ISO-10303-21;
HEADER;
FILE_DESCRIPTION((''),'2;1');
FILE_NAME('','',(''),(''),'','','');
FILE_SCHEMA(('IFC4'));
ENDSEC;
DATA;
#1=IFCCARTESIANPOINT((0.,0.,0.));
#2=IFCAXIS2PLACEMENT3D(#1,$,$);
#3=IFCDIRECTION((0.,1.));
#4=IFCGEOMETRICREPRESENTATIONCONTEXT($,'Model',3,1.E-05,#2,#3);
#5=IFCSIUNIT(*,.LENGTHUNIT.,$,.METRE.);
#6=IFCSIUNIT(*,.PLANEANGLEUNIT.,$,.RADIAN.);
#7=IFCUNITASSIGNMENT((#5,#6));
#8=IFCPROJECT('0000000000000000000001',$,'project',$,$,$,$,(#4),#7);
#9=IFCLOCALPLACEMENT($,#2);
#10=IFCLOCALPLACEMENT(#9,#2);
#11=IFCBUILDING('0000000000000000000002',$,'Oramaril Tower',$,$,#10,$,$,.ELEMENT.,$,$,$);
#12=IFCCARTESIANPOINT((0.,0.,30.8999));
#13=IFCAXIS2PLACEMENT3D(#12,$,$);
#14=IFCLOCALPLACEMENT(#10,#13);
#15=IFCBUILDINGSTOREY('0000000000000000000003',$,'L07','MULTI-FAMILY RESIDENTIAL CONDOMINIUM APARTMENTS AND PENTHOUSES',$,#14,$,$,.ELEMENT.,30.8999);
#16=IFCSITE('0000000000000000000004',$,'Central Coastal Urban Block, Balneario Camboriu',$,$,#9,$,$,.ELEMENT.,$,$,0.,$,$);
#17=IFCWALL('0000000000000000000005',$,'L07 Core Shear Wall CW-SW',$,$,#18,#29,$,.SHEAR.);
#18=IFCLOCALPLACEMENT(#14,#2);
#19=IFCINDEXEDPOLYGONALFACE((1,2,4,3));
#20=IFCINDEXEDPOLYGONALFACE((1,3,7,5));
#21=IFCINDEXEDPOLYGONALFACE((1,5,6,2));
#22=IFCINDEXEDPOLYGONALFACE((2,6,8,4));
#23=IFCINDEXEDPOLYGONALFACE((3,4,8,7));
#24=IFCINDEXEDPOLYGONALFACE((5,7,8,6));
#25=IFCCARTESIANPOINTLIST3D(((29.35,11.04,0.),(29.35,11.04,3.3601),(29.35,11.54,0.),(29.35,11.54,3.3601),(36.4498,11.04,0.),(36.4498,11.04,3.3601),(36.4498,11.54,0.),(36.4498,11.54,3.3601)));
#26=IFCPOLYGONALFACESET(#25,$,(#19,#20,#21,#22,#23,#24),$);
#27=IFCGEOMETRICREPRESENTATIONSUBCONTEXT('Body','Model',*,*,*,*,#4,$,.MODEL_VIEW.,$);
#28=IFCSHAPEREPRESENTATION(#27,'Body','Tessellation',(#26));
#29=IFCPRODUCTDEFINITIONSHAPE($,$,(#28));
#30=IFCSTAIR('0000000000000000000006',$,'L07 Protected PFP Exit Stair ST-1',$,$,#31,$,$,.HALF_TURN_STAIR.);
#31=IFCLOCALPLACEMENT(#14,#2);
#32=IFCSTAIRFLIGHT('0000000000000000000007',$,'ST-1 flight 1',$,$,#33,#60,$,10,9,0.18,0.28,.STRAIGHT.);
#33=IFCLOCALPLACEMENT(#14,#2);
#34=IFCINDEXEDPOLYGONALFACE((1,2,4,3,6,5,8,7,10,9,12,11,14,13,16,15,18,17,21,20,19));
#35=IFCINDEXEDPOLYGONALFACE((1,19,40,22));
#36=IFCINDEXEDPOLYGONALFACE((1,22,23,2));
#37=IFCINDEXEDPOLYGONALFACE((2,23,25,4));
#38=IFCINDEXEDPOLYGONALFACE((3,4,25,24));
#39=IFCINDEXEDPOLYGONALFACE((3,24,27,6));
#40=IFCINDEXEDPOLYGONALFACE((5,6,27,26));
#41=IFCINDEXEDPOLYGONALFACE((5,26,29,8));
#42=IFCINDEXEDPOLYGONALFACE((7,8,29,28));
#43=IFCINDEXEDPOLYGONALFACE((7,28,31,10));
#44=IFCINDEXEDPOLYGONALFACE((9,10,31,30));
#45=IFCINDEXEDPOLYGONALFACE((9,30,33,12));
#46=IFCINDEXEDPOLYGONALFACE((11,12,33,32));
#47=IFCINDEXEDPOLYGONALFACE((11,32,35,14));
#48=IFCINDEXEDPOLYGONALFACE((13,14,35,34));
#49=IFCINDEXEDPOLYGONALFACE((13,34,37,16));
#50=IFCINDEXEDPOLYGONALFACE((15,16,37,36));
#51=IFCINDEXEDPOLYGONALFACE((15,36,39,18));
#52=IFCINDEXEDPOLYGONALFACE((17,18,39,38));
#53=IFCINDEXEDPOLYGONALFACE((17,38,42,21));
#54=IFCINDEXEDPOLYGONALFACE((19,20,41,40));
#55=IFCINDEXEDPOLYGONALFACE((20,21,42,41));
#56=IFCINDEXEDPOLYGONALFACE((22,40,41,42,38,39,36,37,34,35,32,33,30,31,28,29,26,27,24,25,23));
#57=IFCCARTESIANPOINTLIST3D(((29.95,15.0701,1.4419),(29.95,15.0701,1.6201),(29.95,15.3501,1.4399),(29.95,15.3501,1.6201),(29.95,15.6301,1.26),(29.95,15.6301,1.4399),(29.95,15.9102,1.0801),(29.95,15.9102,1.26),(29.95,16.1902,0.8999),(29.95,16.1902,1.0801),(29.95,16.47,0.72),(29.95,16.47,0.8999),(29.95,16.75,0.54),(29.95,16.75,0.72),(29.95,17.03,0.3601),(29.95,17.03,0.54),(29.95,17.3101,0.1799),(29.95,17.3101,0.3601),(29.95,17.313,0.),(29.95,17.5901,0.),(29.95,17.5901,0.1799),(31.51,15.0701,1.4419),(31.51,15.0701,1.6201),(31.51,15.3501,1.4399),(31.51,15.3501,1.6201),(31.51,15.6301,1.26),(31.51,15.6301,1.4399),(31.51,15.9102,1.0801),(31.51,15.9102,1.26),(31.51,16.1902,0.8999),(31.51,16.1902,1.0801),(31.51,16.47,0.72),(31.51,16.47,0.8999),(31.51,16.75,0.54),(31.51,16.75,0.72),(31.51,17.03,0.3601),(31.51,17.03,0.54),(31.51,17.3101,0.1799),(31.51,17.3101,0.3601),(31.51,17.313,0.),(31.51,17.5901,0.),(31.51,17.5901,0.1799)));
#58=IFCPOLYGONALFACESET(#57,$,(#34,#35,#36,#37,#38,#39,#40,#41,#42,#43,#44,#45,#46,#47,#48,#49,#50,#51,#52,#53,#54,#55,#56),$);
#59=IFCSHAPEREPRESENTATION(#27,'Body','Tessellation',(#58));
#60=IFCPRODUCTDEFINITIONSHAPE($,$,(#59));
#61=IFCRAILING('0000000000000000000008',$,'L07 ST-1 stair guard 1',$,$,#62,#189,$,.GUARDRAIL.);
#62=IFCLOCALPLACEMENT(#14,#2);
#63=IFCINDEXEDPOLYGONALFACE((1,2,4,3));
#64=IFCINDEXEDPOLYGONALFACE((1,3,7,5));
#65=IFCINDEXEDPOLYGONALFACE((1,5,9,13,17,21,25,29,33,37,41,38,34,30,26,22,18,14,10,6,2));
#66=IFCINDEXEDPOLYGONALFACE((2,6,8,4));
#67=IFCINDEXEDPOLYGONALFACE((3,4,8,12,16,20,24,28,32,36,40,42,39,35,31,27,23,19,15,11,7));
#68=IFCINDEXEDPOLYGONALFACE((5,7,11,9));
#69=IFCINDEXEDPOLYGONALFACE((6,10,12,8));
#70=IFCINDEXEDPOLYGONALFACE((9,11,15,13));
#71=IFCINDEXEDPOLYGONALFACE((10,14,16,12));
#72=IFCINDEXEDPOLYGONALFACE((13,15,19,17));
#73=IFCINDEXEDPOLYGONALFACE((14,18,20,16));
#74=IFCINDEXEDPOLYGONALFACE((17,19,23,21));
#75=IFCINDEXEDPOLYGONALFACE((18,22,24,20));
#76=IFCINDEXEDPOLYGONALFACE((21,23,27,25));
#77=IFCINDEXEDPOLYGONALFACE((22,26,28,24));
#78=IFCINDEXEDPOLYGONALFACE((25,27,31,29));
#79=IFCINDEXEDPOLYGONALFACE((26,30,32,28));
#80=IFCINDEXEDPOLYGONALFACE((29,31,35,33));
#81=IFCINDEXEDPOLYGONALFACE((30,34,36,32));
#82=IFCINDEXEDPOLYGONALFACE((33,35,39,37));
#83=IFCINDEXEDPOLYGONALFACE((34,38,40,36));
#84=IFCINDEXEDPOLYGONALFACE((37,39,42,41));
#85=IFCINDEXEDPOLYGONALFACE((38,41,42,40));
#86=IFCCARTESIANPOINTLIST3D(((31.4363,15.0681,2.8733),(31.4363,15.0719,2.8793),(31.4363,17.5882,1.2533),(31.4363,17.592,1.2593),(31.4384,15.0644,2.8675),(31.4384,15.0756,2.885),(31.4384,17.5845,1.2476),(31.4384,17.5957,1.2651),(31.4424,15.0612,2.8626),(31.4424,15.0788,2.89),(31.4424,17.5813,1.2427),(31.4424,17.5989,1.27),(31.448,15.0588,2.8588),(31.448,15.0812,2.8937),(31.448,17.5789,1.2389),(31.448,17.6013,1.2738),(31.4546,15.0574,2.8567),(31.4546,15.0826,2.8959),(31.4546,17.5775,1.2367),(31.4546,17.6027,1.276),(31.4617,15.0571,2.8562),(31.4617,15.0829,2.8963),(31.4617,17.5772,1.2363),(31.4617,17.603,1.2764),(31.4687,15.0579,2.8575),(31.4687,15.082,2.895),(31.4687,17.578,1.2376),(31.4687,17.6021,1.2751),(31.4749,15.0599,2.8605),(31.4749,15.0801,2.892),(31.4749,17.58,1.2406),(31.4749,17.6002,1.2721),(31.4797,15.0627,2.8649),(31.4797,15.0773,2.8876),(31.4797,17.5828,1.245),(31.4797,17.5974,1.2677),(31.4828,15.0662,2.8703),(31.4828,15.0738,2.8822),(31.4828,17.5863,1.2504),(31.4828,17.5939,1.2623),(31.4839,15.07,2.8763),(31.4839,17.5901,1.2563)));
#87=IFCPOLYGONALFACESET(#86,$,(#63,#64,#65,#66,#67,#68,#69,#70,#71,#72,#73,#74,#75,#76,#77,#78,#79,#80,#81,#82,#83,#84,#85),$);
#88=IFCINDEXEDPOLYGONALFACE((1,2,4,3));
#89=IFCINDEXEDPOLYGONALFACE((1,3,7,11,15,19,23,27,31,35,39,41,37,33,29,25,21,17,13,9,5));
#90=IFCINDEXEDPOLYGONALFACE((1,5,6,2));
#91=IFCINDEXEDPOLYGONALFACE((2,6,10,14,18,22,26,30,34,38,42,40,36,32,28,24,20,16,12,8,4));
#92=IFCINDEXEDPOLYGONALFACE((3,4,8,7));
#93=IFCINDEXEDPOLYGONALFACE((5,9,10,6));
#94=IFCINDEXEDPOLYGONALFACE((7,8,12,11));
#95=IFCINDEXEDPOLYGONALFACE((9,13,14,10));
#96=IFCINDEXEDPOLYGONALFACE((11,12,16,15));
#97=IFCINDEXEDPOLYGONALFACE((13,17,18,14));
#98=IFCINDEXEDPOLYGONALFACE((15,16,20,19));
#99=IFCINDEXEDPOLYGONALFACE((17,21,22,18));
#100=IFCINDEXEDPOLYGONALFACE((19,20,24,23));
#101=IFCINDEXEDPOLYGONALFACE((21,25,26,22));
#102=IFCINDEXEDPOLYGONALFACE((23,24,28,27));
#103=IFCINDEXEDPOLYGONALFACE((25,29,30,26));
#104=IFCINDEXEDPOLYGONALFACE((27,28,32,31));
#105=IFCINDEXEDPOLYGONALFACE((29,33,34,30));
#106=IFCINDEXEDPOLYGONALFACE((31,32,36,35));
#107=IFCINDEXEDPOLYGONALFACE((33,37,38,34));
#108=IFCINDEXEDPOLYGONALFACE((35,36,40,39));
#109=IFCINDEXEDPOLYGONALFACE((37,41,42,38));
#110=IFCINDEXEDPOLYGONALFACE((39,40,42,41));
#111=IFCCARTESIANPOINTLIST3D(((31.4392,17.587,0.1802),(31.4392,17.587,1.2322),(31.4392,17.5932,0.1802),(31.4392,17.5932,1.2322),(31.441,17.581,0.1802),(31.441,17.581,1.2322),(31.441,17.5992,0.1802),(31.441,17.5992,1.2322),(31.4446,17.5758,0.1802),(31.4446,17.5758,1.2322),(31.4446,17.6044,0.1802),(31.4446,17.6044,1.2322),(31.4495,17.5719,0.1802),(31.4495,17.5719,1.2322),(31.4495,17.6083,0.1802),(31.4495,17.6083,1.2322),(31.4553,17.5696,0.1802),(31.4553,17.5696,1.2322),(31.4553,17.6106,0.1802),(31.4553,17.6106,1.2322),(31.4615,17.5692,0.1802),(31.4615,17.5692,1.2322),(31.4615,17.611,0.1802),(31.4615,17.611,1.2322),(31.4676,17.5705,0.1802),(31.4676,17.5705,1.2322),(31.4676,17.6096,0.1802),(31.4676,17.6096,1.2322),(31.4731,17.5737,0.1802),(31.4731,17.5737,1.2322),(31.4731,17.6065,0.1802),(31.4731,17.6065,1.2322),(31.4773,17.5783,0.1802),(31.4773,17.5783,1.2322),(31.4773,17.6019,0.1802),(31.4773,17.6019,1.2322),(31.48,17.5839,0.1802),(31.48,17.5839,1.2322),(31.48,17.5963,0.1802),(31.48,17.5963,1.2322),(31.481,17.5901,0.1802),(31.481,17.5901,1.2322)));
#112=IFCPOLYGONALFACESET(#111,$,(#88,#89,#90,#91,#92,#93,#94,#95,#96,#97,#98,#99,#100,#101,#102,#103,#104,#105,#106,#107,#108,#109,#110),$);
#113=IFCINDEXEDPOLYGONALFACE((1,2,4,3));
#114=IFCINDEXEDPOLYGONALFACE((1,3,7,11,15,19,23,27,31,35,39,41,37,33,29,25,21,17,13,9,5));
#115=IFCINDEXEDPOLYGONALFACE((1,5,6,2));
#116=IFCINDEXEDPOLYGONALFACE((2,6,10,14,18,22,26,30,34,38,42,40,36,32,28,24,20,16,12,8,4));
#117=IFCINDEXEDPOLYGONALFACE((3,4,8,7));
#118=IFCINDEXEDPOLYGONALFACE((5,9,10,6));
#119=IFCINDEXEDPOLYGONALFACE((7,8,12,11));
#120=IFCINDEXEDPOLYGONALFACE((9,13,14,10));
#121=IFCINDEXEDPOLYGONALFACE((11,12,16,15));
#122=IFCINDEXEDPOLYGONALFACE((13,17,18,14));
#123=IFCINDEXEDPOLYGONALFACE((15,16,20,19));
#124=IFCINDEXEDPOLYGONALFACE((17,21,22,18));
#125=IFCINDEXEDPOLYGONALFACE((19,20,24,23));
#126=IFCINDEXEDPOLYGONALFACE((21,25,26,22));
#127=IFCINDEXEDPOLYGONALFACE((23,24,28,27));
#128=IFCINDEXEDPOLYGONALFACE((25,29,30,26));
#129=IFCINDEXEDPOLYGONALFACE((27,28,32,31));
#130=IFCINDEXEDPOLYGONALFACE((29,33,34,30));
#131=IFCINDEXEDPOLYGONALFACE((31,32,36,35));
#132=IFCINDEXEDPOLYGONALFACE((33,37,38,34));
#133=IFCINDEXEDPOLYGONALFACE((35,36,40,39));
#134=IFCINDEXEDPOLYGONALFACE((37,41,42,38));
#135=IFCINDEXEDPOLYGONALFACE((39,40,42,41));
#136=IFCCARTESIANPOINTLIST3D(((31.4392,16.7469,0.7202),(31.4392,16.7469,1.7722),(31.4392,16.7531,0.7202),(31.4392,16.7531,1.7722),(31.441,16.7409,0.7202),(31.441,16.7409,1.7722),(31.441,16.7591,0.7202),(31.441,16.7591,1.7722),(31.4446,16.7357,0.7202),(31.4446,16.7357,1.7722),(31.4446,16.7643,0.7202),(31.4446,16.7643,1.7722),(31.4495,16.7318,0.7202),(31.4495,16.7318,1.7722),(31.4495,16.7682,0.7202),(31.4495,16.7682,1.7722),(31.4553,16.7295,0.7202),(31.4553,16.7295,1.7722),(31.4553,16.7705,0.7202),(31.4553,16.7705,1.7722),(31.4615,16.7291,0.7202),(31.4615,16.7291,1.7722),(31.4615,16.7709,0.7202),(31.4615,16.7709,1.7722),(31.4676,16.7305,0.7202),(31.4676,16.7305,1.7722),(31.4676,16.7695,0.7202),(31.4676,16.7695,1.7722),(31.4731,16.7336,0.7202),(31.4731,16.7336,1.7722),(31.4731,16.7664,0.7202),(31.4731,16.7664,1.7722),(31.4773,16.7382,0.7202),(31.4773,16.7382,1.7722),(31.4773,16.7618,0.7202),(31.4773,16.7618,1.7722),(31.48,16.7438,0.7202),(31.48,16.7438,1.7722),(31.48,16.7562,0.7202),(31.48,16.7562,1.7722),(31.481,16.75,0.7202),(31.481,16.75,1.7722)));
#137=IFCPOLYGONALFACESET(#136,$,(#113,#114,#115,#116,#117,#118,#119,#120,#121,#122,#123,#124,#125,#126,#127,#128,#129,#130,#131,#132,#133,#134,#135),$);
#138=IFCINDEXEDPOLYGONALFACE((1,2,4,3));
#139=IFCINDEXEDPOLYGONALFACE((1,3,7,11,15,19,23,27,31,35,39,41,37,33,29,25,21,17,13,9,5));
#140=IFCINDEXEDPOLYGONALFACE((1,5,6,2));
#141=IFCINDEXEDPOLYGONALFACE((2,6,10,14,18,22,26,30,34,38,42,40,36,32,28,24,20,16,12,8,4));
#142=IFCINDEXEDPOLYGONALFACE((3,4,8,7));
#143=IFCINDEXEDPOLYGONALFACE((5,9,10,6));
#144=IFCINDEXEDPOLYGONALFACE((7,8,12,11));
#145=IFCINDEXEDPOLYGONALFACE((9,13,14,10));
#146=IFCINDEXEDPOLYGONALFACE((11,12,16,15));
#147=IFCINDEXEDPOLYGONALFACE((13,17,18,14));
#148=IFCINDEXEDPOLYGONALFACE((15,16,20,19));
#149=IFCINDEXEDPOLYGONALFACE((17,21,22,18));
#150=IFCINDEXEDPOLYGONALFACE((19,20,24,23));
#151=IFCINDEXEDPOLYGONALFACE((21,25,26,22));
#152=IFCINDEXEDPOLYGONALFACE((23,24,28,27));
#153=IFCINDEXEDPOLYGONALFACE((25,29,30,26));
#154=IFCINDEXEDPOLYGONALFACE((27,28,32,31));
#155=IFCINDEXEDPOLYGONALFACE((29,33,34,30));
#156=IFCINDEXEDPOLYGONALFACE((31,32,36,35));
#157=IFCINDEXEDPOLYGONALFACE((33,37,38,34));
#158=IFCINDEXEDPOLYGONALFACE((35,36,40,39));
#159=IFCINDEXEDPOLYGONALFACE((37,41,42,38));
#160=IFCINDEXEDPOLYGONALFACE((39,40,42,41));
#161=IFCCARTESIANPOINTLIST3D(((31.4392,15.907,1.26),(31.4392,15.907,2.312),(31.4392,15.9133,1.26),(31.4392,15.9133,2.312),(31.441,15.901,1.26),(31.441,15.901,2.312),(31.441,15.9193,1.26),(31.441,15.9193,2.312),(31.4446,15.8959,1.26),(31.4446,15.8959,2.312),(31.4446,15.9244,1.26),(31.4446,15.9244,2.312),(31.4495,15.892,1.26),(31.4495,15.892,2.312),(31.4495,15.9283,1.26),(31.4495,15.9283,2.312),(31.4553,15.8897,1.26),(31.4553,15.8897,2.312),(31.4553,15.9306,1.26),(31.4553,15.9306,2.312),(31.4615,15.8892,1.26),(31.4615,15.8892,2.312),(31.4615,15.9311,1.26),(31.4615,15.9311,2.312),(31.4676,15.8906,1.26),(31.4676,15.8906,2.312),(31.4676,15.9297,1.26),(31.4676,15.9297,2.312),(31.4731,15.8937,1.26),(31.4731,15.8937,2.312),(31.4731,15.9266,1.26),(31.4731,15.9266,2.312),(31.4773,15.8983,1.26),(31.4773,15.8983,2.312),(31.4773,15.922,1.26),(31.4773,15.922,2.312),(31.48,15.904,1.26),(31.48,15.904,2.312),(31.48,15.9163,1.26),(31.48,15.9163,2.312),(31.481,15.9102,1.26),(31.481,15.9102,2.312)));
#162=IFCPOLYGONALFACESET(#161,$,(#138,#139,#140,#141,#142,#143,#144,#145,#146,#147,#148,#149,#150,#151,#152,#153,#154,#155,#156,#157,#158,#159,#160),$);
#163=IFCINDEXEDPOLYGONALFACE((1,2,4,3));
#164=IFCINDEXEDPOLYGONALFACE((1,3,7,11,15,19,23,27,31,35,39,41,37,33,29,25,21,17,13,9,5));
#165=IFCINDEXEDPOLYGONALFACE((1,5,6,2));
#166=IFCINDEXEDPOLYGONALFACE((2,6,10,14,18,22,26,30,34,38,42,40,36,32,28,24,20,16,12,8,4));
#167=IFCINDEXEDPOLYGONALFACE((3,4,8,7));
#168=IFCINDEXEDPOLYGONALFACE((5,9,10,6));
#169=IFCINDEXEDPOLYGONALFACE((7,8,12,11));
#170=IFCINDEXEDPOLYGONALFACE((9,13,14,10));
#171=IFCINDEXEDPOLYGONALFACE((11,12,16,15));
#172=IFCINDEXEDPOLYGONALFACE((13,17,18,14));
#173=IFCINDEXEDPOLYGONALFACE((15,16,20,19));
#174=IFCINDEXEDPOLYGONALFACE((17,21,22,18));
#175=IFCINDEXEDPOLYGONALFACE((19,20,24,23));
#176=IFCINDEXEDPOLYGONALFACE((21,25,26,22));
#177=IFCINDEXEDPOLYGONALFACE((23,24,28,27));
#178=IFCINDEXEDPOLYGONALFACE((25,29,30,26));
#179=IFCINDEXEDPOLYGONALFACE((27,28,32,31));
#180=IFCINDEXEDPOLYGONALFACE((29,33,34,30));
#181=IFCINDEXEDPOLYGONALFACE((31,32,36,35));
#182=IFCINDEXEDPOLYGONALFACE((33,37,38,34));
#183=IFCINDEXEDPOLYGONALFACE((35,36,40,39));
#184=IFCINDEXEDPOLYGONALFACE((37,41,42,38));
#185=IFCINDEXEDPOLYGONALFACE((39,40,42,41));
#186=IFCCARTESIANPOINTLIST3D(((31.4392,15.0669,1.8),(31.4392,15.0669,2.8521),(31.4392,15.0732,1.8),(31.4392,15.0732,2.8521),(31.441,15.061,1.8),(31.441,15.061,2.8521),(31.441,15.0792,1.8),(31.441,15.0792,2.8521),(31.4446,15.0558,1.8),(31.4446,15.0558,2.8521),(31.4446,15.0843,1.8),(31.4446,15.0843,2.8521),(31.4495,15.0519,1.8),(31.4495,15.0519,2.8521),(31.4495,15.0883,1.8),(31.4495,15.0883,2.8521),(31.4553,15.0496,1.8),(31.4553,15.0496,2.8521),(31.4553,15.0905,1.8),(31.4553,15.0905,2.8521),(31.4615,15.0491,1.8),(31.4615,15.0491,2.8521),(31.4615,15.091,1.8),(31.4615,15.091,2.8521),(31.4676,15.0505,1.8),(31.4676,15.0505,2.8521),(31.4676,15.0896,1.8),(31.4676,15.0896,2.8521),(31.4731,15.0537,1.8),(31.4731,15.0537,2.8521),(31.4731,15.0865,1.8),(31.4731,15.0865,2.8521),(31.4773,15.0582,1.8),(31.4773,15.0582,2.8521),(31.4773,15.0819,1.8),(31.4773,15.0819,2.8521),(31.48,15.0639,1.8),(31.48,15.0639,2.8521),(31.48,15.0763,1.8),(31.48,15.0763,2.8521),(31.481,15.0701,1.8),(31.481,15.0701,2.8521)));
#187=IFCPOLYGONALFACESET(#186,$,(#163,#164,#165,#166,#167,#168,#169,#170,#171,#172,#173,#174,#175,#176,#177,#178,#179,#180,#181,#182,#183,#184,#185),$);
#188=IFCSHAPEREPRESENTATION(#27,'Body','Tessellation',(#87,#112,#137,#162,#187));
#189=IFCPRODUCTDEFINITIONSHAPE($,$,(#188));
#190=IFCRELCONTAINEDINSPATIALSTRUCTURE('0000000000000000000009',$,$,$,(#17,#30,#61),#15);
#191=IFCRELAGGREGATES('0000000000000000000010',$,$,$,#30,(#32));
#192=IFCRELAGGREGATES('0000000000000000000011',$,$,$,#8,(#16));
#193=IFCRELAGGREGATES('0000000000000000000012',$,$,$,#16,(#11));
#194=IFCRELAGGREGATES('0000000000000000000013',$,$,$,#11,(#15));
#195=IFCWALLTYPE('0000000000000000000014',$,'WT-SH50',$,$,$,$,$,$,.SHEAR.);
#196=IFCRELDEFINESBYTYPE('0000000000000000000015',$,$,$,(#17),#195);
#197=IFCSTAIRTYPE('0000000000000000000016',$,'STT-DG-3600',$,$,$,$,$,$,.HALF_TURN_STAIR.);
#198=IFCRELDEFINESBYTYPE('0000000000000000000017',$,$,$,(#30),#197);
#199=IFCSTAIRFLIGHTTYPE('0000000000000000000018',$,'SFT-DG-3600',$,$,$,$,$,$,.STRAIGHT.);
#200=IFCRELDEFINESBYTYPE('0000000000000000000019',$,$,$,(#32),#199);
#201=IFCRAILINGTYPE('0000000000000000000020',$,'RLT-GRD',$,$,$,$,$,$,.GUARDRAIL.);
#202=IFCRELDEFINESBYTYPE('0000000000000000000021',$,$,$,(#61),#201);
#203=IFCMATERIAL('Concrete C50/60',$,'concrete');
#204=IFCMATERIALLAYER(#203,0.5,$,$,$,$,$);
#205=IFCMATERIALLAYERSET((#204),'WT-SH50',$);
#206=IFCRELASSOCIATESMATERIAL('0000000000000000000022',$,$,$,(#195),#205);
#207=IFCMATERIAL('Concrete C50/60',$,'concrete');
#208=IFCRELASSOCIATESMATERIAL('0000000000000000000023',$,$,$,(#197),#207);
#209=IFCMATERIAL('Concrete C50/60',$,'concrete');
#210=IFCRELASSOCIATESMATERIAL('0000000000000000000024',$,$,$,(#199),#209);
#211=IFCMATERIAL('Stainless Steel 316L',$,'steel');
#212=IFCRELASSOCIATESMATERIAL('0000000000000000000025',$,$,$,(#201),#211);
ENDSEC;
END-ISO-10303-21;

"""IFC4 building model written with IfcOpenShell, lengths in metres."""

from ifc_helpers import new_model, si_unit, direction, frame, frame_2d, origin, origin_2d, place, context, subcontext, project, spatial, polyline, rectangle, circle, outline, extrude, material, layer, layer_set, type_object, element, aggregate, save


model = new_model("IFC4")

# Units and contexts
model_context = context("Model", 3, precision=1e-05, world=origin(), true_north=direction((0.0, 1.0)))
body_context = subcontext(model_context, "Body", "Model", "MODEL_VIEW")
ifc_project = project(units=[si_unit("LENGTHUNIT", "METRE"), si_unit("PLANEANGLEUNIT", "RADIAN")], contexts=[model_context])

# Site, building, storey
site_placement = place(None, origin())
site = spatial("IfcSite", under=ifc_project, at=site_placement, Name="Central Coastal Urban Block, Balneario Camboriu", CompositionType="ELEMENT", RefElevation=0.0)
building_placement = place(site_placement, origin())
building = spatial("IfcBuilding", under=site, at=building_placement, Name="Oramaril Tower", CompositionType="ELEMENT")
storey_placement = place(building_placement, frame((0.0, 0.0, 30.8999)))
storey = spatial("IfcBuildingStorey", under=building, at=storey_placement, Name="L07", Description="MULTI-FAMILY RESIDENTIAL CONDOMINIUM APARTMENTS AND PENTHOUSES", CompositionType="ELEMENT", Elevation=30.8999)

# Wall
ifc_material_1 = material(Name="Concrete C50/60", Category="concrete")
ifc_layer_1 = layer(ifc_material_1, 0.5)
ifc_layer_set_1 = layer_set([ifc_layer_1], Name="WT-SH50")
wall_type_1 = type_object("IfcWallType", Name="WT-SH50", PredefinedType="SHEAR", material=ifc_layer_set_1)
wall_1_placement = place(storey_placement, frame((29.3501, 11.29, 0.0), z_axis=(0.0, 0.0, 1.0), x_axis=(1.0, 0.0, 0.0)))
element("IfcWall", 1, at=wall_1_placement, inside=storey, type_object=wall_type_1, Name="L07 Core Shear Wall CW-SW", PredefinedType="SHEAR", context=body_context, shape_type="SweptSolid", body=[
    extrude(rectangle(XDim=7.0999, YDim=0.5, at=frame_2d((3.5498, 0.0))), origin(), (0.0, 0.0, 1.0), 3.3601),
])

# Stair, stair flight
ifc_material_2 = material(Name="Concrete C50/60", Category="concrete")
stair_type = type_object("IfcStairType", Name="STT-DG-3600", PredefinedType="HALF_TURN_STAIR", material=ifc_material_2)
stair_placement = place(storey_placement, origin())
stair = element("IfcStair", 2, at=stair_placement, inside=storey, type_object=stair_type, Name="L07 Protected PFP Exit Stair ST-1", PredefinedType="HALF_TURN_STAIR")
ifc_material_3 = material(Name="Concrete C50/60", Category="concrete")
stair_flight_type = type_object("IfcStairFlightType", Name="SFT-DG-3600", PredefinedType="STRAIGHT", material=ifc_material_3)
stair_flight_placement = place(storey_placement, frame((30.73, 17.5901, 0.0), z_axis=(0.0, 0.0, 1.0), x_axis=(0.0, -1.0, 0.0)))
stair_flight = element("IfcStairFlight", 3, at=stair_flight_placement, type_object=stair_flight_type, Name="ST-1 flight 1", NumberOfRisers=10, NumberOfTreads=9, PredefinedType="STRAIGHT", RiserHeight=0.18, TreadLength=0.28, context=body_context, shape_type="SweptSolid", body=[
    extrude(outline(polyline([(0.0, 0.0), (0.0, 0.1799), (0.28, 0.1799), (0.28, 0.3601), (0.5601, 0.3601), (0.5601, 0.54), (0.8401, 0.54), (0.8401, 0.72), (1.1201, 0.72), (1.1201, 0.8999), (1.3999, 0.8999), (1.3999, 1.0801), (1.6799, 1.0801), (1.6799, 1.26), (1.96, 1.26), (1.96, 1.4399), (2.24, 1.4399), (2.24, 1.6201), (2.52, 1.6201), (2.52, 1.8), (2.52, 1.4419), (0.2771, 0.0), (0.0, 0.0)])), frame((0.0, 0.78, 0.0), z_axis=(0.0, -1.0, 0.0), x_axis=(1.0, 0.0, 0.0)), (0.0, 0.0, 1.0), 1.5601),
])
aggregate(stair, [stair_flight])

# Railing
ifc_material_4 = material(Name="Stainless Steel 316L", Category="steel")
railing_type_1 = type_object("IfcRailingType", Name="RLT-GRD", PredefinedType="GUARDRAIL", material=ifc_material_4)
railing_1_placement = place(storey_placement, frame((31.46, 17.5901, 0.1802)))
element("IfcRailing", 4, at=railing_1_placement, inside=storey, type_object=railing_type_1, Name="L07 ST-1 stair guard 1", PredefinedType="GUARDRAIL", context=body_context, shape_type="SweptSolid", body=[
    extrude(circle(Radius=0.0239, at=origin_2d()), frame((0.0, 0.0, 1.0762), z_axis=(0.0, -0.8412, 0.540725), x_axis=(1.0, 0.0, 0.0)), (0.0, 0.0, 1.0), 2.9958),
    extrude(circle(Radius=0.021, at=origin_2d()), origin(), (0.0, 0.0, 1.0), 1.052),
    extrude(circle(Radius=0.021, at=origin_2d()), frame((0.0, -0.8401, 0.54)), (0.0, 0.0, 1.0), 1.052),
    extrude(circle(Radius=0.021, at=origin_2d()), frame((0.0, -1.6799, 1.0798)), (0.0, 0.0, 1.0), 1.052),
    extrude(circle(Radius=0.021, at=origin_2d()), frame((0.0, -2.52, 1.6199)), (0.0, 0.0, 1.0), 1.052),
])

save(model, "model.ifc")
